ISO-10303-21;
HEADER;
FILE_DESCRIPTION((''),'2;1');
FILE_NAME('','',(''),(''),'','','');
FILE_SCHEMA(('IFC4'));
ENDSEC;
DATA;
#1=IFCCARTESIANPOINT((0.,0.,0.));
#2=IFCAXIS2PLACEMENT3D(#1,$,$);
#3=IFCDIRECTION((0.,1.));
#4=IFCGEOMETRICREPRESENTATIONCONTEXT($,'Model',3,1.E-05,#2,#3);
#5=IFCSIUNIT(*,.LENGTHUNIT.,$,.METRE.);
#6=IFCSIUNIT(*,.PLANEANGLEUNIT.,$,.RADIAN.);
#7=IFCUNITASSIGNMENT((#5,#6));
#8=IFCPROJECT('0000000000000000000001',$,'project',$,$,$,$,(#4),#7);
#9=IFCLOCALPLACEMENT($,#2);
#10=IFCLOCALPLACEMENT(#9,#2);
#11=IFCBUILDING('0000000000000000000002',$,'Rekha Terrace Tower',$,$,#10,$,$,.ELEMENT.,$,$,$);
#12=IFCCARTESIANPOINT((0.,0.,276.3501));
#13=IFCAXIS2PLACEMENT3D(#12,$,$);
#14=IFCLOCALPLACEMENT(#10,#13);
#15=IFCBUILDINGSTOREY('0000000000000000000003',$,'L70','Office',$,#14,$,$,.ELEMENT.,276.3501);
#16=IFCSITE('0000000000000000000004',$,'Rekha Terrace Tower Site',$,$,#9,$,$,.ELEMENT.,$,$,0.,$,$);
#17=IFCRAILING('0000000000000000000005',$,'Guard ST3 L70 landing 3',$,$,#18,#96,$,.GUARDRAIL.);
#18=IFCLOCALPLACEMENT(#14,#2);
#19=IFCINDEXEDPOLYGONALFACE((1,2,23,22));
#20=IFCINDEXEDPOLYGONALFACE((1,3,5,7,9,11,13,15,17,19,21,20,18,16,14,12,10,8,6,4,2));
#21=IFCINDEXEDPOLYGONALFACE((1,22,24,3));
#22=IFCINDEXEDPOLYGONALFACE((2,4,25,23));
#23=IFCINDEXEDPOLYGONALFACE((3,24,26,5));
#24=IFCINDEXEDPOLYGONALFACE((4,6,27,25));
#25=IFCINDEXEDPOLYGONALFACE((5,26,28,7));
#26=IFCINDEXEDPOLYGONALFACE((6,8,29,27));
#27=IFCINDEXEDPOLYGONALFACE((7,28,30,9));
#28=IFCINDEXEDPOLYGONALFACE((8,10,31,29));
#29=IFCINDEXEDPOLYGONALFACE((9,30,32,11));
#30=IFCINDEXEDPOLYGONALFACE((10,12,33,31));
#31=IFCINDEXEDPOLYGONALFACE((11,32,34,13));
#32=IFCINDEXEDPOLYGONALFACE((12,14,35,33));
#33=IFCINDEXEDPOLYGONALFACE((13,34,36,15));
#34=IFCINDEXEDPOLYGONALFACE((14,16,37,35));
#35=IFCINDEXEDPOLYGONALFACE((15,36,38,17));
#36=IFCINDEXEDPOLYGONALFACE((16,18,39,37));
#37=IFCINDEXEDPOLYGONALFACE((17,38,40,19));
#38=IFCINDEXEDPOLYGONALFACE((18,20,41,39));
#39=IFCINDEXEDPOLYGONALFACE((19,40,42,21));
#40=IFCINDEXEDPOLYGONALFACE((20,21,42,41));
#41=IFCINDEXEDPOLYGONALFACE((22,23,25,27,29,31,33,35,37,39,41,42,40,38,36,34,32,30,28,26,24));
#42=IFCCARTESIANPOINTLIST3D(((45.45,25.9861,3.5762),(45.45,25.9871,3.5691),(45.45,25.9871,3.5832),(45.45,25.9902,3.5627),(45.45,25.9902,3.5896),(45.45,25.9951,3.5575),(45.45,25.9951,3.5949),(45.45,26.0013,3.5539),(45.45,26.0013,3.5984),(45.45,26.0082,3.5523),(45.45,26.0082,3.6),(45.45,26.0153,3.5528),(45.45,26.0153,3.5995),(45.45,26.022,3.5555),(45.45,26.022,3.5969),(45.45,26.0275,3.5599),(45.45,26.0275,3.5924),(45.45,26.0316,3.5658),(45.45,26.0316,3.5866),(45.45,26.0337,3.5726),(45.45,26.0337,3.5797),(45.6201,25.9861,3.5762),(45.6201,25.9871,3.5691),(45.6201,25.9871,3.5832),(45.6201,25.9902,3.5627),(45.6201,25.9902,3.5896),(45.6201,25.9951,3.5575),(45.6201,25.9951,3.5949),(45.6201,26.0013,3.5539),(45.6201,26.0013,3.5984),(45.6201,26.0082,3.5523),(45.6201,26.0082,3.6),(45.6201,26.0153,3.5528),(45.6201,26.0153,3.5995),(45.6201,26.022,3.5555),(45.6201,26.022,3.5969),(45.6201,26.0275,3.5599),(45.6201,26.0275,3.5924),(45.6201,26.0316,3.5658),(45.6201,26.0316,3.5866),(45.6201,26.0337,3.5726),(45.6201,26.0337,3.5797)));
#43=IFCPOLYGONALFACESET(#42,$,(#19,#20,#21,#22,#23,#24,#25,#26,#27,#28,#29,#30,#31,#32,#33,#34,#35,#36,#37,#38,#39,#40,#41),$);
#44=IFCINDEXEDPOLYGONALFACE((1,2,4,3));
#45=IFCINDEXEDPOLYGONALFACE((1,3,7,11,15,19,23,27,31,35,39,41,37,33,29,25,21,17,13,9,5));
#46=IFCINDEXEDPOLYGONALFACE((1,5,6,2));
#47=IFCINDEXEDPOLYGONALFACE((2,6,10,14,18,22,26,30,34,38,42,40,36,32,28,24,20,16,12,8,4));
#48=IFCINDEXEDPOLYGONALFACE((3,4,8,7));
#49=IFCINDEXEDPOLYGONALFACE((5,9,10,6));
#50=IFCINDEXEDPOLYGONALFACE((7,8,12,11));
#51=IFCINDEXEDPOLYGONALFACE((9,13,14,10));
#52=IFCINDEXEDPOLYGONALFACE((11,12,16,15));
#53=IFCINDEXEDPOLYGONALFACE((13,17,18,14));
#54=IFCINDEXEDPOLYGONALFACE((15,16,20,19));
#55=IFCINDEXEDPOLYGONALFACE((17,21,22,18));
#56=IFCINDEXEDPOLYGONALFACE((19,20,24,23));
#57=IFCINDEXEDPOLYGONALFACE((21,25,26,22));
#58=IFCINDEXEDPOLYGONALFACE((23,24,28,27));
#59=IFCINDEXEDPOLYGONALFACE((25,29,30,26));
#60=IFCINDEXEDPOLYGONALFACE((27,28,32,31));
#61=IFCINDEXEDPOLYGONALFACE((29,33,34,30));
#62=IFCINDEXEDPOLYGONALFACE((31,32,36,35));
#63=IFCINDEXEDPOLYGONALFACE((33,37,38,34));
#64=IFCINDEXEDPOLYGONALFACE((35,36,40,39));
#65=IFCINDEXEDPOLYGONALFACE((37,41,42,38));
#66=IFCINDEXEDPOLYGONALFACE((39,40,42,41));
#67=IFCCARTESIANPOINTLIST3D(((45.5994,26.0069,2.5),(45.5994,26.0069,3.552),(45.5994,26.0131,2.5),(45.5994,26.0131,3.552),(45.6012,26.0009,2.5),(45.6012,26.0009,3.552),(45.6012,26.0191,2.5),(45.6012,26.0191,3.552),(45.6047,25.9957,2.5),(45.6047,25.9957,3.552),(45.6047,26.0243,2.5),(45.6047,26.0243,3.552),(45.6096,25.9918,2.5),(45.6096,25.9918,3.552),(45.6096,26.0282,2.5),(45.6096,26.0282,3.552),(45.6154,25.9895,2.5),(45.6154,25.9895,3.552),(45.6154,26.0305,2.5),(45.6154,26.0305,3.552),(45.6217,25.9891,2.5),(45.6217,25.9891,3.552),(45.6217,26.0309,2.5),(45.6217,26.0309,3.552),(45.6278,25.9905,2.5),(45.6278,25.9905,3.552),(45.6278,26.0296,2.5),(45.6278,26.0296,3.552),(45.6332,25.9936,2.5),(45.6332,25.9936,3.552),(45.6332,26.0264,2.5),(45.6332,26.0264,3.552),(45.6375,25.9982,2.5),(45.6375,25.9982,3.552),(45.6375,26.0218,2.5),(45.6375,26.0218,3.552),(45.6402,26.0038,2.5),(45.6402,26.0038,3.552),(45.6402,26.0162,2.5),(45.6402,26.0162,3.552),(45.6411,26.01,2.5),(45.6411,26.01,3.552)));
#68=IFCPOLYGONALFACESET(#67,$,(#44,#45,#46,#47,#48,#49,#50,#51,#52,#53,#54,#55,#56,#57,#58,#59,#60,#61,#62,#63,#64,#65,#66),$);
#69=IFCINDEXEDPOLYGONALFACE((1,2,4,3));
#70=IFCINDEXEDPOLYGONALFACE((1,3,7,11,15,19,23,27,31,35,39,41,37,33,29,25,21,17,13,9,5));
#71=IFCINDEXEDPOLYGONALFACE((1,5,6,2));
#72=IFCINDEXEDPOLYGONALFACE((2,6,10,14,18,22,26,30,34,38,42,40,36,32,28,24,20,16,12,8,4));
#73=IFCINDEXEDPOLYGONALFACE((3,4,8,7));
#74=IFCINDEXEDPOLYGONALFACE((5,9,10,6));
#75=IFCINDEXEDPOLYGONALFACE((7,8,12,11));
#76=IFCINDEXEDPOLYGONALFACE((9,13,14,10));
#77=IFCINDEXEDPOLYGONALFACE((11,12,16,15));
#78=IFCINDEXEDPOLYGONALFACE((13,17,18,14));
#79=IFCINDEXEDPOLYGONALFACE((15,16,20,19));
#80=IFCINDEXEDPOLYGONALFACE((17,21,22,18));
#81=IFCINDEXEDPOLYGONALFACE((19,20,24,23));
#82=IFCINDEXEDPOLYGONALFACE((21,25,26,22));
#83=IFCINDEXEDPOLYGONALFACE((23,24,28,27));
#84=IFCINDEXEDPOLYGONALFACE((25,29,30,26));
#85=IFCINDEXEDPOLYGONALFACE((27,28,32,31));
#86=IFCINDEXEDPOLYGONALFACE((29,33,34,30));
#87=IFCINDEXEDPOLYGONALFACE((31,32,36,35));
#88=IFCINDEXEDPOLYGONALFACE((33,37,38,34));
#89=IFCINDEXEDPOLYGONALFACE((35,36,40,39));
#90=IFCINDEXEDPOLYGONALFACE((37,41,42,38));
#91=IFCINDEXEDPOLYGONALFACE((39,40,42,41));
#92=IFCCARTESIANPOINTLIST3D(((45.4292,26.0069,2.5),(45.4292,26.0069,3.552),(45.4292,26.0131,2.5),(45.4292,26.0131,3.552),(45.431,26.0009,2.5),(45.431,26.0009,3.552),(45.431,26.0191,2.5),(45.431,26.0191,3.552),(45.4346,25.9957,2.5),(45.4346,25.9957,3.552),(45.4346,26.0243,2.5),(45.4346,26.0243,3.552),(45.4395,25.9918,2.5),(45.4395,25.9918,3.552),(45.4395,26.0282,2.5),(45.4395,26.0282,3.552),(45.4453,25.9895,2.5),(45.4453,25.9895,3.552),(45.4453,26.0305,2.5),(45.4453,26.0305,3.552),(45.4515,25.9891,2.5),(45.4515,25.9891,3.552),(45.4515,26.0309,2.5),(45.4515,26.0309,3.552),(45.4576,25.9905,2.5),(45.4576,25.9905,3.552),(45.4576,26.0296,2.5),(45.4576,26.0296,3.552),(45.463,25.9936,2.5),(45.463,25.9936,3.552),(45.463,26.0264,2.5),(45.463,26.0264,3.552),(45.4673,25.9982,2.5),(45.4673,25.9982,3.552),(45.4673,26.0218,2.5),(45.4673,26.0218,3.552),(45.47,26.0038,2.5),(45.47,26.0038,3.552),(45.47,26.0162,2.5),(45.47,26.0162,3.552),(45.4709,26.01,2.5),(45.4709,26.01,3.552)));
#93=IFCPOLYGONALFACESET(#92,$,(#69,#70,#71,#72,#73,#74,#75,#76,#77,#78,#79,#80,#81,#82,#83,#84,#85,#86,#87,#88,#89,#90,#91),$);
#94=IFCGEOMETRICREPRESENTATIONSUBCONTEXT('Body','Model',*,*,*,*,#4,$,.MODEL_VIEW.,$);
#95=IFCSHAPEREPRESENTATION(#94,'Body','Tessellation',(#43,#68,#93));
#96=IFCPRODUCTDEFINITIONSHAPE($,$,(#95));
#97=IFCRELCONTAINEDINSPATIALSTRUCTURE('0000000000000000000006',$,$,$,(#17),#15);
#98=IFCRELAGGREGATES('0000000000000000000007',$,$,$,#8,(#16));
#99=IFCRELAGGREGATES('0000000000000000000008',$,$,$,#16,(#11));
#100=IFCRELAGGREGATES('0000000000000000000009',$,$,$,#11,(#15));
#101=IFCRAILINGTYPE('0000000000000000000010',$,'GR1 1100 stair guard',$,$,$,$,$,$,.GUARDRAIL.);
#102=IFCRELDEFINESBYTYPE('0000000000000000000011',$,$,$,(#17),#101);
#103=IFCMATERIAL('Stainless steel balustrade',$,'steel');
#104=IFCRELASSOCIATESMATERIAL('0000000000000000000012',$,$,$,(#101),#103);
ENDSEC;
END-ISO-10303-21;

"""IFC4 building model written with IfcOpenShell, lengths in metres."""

from ifc_helpers import new_model, si_unit, direction, frame, origin, origin_2d, place, context, subcontext, project, spatial, circle, extrude, material, type_object, element, save


model = new_model("IFC4")

# Units and contexts
model_context = context("Model", 3, precision=1e-05, world=origin(), true_north=direction((0.0, 1.0)))
body_context = subcontext(model_context, "Body", "Model", "MODEL_VIEW")
ifc_project = project(units=[si_unit("LENGTHUNIT", "METRE"), si_unit("PLANEANGLEUNIT", "RADIAN")], contexts=[model_context])

# Site, building, storey
site_placement = place(None, origin())
site = spatial("IfcSite", under=ifc_project, at=site_placement, Name="Rekha Terrace Tower Site", CompositionType="ELEMENT", RefElevation=0.0)
building_placement = place(site_placement, origin())
building = spatial("IfcBuilding", under=site, at=building_placement, Name="Rekha Terrace Tower", CompositionType="ELEMENT")
storey_placement = place(building_placement, frame((0.0, 0.0, 276.3501)))
storey = spatial("IfcBuildingStorey", under=building, at=storey_placement, Name="L70", Description="Office", CompositionType="ELEMENT", Elevation=276.3501)

# Railing
ifc_material_1 = material(Name="Stainless steel balustrade", Category="steel")
railing_type_1 = type_object("IfcRailingType", Name="GR1 1100 stair guard", PredefinedType="GUARDRAIL", material=ifc_material_1)
railing_1_placement = place(storey_placement, frame((45.6201, 26.01, 2.5)))
element("IfcRailing", 1, at=railing_1_placement, inside=storey, type_object=railing_type_1, Name="Guard ST3 L70 landing 3", PredefinedType="GUARDRAIL", context=body_context, shape_type="SweptSolid", body=[
    extrude(circle(Radius=0.0239, at=origin_2d()), frame((0.0, 0.0, 1.0762), z_axis=(-1.0, 0.0, 0.0), x_axis=(0.0, -1.0, 0.0)), (0.0, 0.0, 1.0), 0.1702),
    extrude(circle(Radius=0.021, at=origin_2d()), origin(), (0.0, 0.0, 1.0), 1.052),
    extrude(circle(Radius=0.021, at=origin_2d()), frame((-0.1702, 0.0, 0.0)), (0.0, 0.0, 1.0), 1.052),
])

save(model, "model.ifc")
